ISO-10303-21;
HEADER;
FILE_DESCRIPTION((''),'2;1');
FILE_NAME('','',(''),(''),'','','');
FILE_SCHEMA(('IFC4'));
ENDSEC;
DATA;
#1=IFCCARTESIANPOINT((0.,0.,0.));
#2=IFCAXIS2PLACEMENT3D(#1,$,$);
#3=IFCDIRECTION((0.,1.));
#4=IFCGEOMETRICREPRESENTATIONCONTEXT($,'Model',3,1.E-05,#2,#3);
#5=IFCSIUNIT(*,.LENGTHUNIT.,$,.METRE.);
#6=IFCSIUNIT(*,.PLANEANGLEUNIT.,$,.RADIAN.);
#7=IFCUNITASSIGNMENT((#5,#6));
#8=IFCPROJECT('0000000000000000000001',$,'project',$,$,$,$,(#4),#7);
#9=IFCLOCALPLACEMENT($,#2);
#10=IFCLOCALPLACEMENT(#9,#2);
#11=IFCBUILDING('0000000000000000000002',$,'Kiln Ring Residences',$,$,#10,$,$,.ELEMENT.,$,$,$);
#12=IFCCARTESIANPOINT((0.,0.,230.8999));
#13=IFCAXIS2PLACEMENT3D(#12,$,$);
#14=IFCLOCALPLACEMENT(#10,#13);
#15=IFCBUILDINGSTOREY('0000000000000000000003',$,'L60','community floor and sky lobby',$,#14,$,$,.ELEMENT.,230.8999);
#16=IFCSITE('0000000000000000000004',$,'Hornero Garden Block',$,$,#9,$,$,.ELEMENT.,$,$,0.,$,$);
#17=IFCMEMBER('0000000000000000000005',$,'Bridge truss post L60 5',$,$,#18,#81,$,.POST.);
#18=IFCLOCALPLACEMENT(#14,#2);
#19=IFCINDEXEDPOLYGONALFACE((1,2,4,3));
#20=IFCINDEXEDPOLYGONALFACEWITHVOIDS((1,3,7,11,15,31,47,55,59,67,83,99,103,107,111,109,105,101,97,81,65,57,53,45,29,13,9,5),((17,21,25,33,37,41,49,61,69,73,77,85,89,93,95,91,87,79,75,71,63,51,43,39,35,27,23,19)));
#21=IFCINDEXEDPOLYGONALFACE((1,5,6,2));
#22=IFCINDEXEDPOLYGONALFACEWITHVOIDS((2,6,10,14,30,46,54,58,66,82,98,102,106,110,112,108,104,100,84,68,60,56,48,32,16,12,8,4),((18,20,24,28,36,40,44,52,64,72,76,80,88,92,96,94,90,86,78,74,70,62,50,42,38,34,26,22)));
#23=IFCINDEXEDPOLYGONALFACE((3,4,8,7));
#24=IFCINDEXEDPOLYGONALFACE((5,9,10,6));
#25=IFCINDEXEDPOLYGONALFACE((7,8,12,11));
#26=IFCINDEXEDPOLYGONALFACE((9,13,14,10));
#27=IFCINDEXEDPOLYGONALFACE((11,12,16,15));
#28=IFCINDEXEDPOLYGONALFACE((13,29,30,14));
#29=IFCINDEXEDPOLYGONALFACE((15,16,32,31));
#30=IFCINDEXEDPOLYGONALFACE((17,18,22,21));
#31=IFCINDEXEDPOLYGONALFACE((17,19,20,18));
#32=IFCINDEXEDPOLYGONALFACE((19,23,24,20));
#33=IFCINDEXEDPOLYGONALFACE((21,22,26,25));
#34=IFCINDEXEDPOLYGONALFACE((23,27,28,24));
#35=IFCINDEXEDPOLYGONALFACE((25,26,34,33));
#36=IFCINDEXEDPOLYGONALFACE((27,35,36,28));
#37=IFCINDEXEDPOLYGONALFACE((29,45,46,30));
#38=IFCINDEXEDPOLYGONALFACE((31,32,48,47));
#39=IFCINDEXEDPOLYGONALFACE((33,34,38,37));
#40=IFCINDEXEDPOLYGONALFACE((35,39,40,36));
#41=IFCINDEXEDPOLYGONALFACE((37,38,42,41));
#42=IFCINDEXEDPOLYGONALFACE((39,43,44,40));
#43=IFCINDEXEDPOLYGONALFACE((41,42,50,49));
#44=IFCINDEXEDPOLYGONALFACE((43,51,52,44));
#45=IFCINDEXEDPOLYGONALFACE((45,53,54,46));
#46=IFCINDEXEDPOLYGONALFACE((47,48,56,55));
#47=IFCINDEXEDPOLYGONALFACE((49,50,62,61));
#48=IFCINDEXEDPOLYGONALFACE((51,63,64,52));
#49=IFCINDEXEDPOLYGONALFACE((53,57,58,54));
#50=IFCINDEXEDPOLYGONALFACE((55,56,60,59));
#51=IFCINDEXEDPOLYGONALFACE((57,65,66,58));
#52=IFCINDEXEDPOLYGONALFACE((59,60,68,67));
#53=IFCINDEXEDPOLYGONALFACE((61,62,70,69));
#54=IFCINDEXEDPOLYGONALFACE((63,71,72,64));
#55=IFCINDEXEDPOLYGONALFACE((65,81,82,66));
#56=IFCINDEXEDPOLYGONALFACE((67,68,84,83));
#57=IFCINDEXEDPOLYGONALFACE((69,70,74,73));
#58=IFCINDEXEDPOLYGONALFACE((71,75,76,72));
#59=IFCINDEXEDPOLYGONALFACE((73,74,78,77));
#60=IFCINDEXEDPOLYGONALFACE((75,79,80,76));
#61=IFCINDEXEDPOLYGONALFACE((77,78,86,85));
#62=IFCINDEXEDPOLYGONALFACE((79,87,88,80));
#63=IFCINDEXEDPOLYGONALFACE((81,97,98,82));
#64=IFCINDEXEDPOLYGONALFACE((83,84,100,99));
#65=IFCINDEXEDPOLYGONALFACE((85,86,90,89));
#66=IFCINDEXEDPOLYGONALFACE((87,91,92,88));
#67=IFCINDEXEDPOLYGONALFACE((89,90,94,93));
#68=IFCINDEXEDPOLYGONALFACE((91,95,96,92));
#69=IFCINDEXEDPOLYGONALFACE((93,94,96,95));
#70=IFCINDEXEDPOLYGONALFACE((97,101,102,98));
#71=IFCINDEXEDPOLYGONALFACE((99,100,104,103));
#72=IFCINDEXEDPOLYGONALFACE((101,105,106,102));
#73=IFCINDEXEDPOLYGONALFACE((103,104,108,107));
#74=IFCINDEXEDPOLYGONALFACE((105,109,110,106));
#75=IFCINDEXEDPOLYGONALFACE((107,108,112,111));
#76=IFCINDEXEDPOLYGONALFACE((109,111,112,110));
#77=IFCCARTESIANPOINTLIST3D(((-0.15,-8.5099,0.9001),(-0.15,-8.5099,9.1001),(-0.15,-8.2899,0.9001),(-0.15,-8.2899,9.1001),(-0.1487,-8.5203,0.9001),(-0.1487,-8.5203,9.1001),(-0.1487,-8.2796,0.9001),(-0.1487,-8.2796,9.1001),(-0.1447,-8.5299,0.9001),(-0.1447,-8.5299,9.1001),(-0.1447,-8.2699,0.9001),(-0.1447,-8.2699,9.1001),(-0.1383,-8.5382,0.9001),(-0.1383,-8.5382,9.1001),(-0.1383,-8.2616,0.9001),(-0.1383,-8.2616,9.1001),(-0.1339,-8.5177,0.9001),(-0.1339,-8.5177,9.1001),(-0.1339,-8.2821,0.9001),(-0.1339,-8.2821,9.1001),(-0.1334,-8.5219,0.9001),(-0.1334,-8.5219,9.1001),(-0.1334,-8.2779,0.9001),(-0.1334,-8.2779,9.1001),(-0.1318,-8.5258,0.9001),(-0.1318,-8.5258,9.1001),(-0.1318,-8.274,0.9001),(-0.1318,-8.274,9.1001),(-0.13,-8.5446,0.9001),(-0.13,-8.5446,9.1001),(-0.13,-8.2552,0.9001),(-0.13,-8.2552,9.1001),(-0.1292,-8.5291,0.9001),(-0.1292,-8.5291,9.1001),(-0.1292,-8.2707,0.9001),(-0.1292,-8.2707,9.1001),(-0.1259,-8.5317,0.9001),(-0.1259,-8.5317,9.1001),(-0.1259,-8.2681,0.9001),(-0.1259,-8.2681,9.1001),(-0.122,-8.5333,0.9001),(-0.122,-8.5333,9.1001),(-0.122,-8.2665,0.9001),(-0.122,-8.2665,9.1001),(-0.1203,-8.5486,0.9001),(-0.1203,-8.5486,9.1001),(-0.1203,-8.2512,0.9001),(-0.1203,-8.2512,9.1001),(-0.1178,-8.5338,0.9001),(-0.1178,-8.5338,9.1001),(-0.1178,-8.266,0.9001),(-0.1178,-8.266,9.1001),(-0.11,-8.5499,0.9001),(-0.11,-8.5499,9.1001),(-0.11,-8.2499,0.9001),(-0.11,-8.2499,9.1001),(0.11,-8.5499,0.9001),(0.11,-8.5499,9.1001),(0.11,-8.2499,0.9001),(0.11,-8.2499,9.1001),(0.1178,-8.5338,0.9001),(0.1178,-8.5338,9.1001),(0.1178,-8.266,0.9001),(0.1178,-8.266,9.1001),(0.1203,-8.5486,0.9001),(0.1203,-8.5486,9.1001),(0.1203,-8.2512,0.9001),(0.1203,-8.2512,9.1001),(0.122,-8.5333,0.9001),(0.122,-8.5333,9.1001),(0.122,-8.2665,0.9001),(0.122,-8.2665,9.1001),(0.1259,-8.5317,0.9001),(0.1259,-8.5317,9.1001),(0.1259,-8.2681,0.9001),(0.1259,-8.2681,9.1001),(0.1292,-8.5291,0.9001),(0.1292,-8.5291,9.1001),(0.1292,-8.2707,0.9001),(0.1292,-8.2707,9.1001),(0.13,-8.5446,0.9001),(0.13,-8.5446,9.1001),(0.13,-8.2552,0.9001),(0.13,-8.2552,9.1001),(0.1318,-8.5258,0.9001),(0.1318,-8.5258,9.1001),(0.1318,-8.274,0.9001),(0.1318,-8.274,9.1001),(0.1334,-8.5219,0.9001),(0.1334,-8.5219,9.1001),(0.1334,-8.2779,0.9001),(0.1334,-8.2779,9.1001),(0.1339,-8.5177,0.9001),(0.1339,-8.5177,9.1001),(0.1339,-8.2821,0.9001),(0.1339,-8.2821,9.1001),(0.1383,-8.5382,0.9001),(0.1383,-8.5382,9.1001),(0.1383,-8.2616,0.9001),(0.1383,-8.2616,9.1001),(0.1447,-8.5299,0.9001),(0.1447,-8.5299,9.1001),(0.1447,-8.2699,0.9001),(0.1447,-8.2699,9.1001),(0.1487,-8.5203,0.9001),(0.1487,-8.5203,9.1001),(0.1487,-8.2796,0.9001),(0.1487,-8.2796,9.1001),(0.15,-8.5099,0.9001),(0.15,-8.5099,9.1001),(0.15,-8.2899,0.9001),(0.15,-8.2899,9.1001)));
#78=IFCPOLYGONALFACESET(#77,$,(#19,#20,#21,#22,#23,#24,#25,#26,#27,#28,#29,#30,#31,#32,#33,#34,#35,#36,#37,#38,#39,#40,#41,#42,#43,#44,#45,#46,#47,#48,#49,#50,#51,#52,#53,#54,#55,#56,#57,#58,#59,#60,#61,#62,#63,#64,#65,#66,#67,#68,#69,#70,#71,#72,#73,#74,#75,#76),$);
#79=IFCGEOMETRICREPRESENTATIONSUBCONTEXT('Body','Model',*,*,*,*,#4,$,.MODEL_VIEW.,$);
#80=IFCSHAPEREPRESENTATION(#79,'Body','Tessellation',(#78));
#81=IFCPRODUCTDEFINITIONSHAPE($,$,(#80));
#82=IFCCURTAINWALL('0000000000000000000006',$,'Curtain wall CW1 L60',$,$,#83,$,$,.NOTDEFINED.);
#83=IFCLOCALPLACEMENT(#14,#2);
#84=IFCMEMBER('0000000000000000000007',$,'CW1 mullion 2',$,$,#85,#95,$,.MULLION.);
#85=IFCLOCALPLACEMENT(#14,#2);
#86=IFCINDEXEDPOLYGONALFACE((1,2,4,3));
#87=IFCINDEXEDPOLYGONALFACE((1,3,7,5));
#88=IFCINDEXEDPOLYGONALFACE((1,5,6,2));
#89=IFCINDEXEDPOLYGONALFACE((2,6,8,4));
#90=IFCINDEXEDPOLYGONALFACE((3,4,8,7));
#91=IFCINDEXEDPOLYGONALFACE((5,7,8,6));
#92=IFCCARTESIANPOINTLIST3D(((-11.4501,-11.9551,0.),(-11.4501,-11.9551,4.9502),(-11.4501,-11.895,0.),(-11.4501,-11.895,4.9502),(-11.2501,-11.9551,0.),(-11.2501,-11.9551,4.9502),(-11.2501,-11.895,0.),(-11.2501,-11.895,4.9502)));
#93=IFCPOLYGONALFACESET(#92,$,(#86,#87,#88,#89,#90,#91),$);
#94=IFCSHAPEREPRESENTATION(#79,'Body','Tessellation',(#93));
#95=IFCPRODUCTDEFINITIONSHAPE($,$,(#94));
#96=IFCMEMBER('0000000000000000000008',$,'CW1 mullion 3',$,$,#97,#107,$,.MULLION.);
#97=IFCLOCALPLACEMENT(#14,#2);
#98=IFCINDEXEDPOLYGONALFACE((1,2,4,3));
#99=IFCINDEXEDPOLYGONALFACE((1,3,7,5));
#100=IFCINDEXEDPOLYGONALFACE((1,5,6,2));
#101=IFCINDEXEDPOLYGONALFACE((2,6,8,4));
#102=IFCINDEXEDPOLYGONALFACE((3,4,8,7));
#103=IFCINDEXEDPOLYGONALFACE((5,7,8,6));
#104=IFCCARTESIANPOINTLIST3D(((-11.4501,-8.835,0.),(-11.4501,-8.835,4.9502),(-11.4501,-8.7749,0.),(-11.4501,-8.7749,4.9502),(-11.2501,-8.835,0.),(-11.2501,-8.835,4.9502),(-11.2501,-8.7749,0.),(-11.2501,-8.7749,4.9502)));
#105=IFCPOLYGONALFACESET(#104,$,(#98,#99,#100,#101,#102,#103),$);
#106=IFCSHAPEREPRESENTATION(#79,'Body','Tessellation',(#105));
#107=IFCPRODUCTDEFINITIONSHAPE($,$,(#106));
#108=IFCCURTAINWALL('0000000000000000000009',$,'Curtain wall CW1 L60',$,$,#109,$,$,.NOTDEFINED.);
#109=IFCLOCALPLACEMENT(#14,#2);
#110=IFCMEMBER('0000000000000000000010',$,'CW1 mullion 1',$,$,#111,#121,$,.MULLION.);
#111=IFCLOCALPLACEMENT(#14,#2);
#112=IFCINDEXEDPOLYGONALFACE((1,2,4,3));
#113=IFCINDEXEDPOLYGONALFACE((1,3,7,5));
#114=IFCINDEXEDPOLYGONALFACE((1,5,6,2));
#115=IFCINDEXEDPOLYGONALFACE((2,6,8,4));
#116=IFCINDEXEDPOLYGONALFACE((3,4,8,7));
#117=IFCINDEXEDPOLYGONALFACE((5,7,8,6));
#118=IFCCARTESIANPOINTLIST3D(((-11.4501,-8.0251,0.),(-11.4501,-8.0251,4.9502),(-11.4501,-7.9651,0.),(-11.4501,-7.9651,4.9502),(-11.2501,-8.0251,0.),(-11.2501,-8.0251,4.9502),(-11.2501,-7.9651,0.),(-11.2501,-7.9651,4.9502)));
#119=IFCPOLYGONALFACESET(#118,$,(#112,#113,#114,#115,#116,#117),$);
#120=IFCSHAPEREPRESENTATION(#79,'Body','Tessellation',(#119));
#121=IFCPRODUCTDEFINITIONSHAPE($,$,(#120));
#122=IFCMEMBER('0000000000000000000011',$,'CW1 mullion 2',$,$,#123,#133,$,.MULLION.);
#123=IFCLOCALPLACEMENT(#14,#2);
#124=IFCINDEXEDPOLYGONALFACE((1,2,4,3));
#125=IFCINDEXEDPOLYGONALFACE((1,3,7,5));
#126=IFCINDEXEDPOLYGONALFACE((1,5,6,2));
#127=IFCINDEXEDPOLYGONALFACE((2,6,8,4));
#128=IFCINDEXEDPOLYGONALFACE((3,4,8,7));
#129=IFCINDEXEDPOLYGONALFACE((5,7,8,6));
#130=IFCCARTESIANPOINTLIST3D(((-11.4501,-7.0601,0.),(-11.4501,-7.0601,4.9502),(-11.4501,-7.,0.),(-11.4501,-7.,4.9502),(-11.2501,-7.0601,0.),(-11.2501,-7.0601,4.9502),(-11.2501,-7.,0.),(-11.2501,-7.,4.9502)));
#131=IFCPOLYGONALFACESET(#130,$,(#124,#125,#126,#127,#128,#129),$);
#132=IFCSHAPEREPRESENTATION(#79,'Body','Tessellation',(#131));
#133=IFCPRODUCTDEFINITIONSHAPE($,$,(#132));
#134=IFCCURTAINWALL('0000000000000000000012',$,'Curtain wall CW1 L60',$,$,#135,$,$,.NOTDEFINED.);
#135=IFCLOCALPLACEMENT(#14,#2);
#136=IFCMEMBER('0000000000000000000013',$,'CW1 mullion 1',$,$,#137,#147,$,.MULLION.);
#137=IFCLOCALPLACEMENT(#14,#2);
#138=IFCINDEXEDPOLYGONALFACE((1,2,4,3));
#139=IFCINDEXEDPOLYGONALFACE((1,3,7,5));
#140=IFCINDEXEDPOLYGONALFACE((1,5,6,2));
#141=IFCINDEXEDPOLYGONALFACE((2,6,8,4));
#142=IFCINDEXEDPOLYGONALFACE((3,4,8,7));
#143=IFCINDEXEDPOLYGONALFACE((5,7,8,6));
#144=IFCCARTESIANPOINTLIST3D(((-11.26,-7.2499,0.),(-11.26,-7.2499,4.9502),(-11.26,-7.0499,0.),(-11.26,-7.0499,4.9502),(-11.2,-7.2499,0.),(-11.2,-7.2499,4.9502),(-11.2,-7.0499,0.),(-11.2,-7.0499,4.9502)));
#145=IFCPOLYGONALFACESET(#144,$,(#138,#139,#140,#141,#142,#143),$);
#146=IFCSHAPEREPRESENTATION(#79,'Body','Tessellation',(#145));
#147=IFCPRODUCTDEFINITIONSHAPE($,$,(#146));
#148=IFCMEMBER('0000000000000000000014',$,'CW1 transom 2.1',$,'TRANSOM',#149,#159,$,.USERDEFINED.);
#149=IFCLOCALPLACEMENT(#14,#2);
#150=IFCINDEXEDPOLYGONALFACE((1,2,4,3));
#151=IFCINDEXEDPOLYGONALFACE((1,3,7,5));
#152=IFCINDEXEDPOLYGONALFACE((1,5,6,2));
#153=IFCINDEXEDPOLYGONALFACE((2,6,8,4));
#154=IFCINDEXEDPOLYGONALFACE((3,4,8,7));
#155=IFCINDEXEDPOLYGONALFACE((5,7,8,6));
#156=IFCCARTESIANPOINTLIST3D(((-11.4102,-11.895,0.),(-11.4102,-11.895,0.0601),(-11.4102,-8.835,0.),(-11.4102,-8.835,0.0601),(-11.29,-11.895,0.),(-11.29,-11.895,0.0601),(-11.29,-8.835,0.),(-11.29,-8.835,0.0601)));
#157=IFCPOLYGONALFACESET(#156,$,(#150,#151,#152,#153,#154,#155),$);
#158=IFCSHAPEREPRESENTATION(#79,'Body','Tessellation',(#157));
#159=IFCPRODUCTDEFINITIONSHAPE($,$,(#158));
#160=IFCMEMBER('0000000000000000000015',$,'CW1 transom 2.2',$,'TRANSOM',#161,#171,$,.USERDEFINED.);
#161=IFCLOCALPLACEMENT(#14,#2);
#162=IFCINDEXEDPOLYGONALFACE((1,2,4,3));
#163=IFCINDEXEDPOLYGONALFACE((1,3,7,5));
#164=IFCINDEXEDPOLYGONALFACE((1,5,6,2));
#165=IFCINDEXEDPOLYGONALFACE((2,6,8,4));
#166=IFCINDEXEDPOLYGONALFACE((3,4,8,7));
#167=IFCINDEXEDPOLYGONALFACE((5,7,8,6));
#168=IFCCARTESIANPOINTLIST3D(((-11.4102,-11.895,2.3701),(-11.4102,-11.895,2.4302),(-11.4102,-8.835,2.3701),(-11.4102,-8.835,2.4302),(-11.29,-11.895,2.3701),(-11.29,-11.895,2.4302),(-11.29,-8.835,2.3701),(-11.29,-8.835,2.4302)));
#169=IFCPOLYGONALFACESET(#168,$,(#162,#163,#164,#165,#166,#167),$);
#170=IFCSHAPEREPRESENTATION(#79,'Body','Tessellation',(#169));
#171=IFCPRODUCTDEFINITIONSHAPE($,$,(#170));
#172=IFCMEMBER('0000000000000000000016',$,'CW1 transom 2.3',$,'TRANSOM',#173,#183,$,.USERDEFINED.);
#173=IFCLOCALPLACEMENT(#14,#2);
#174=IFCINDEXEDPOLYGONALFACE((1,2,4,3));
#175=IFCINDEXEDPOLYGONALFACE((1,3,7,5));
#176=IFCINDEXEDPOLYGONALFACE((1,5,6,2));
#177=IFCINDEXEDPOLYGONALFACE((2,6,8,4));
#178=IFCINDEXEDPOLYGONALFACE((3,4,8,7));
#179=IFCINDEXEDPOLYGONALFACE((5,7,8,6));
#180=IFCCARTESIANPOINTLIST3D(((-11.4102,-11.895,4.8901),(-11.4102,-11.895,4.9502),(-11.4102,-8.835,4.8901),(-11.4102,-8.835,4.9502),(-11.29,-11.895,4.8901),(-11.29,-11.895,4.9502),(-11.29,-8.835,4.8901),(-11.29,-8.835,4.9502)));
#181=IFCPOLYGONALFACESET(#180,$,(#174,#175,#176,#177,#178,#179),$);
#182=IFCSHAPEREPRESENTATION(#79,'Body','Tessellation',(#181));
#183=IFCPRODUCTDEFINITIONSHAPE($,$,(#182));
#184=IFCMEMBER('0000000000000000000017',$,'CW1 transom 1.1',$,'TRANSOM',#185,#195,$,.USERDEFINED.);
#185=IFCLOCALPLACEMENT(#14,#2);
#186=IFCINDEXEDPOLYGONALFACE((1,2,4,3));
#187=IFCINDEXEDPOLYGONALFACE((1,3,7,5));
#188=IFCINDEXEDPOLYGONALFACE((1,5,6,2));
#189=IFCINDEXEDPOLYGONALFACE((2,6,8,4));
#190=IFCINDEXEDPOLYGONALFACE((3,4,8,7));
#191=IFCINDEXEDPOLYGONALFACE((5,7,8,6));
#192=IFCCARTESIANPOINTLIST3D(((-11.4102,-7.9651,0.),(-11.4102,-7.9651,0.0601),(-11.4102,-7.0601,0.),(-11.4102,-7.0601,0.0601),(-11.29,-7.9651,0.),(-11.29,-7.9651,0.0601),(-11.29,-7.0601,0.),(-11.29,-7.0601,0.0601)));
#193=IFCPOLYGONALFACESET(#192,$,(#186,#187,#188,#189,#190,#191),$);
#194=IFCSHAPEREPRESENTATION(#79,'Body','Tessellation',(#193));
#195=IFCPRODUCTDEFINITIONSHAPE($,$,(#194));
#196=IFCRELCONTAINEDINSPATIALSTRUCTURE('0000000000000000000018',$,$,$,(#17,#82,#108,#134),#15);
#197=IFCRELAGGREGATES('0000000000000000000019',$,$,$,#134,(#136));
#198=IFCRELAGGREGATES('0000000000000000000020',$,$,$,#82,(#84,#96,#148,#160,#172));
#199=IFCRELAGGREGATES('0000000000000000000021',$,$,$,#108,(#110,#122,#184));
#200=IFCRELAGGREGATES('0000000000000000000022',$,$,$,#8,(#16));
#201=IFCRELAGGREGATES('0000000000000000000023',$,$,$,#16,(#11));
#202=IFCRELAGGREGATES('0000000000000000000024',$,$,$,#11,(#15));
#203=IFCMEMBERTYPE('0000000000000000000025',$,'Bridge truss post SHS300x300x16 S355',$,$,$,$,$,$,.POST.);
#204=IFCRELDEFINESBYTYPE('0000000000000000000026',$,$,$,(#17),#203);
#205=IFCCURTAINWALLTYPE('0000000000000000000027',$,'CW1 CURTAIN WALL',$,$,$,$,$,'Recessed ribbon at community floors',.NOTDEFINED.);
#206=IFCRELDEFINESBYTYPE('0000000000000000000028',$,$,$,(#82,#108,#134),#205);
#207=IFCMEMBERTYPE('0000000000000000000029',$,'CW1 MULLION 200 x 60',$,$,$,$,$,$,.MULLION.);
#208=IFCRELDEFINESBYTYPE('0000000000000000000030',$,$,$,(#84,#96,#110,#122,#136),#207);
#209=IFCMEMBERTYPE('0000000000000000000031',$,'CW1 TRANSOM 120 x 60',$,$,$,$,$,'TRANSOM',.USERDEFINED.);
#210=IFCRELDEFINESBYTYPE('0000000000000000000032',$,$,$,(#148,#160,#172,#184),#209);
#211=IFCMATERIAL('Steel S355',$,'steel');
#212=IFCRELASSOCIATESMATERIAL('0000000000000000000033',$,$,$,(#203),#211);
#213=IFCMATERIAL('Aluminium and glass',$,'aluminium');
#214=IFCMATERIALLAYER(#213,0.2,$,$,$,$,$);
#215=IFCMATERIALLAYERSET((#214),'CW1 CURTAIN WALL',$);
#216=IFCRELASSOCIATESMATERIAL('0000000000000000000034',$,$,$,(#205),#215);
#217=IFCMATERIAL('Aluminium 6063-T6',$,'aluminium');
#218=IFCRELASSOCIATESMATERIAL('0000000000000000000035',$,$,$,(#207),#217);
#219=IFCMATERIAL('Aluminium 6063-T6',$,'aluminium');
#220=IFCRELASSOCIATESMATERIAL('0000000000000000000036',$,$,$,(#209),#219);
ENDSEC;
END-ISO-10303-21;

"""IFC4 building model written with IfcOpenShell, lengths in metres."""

from ifc_helpers import new_model, si_unit, direction, frame, origin, origin_2d, place, context, subcontext, project, spatial, rectangle, hollow_rectangle, extrude, material, layer, layer_set, material_profile, profile_set, type_object, element, aggregate, save


model = new_model("IFC4")

# Units and contexts
model_context = context("Model", 3, precision=1e-05, world=origin(), true_north=direction((0.0, 1.0)))
body_context = subcontext(model_context, "Body", "Model", "MODEL_VIEW")
ifc_project = project(units=[si_unit("LENGTHUNIT", "METRE"), si_unit("PLANEANGLEUNIT", "RADIAN")], contexts=[model_context])

# Site, building, storey
site_placement = place(None, origin())
site = spatial("IfcSite", under=ifc_project, at=site_placement, Name="Hornero Garden Block", CompositionType="ELEMENT", RefElevation=0.0)
building_placement = place(site_placement, origin())
building = spatial("IfcBuilding", under=site, at=building_placement, Name="Kiln Ring Residences", CompositionType="ELEMENT")
storey_placement = place(building_placement, frame((0.0, 0.0, 230.8999)))
storey = spatial("IfcBuildingStorey", under=building, at=storey_placement, Name="L60", Description="community floor and sky lobby", CompositionType="ELEMENT", Elevation=230.8999)

# Member
ifc_material_1 = material(Name="Steel S355", Category="steel")
ifc_material_profile_1 = material_profile(ifc_material_1, hollow_rectangle(XDim=0.3, YDim=0.3, WallThickness=0.0161, InnerFilletRadius=0.0161, OuterFilletRadius=0.04, at=origin_2d()), Name="SHS300x300x16")
ifc_profile_set_1 = profile_set([ifc_material_profile_1], Name="Steel S355")
member_type_1 = type_object("IfcMemberType", Name="Bridge truss post SHS300x300x16 S355", PredefinedType="POST", material=ifc_profile_set_1)
for number, where, z_axis, x_axis, name in (
    (1, (0.0, -8.3999, 0.9001), (0.0, 0.0, 1.0), (1.0, 0.0, 0.0), "Bridge truss post L60 5"),
):
    element("IfcMember", number, at=place(storey_placement, frame(where, z_axis=z_axis, x_axis=x_axis)), inside=storey, type_object=member_type_1, Name=name, PredefinedType="POST", context=body_context, shape_type="SweptSolid", body=[
        extrude(hollow_rectangle(XDim=0.3, YDim=0.3, WallThickness=0.0161, InnerFilletRadius=0.0161, OuterFilletRadius=0.04, at=origin_2d()), origin(), (0.0, 0.0, 1.0), 8.2),
    ])

# Curtain walls, members
ifc_material_2 = material(Name="Aluminium and glass", Category="aluminium")
ifc_layer_1 = layer(ifc_material_2, 0.2)
ifc_layer_set_1 = layer_set([ifc_layer_1], Name="CW1 CURTAIN WALL")
curtain_wall_type = type_object("IfcCurtainWallType", Name="CW1 CURTAIN WALL", ElementType="Recessed ribbon at community floors", PredefinedType="NOTDEFINED", material=ifc_layer_set_1)
placement = place(storey_placement, origin())
curtain_wall_1 = element("IfcCurtainWall", 2, at=placement, inside=storey, type_object=curtain_wall_type, Name="Curtain wall CW1 L60", PredefinedType="NOTDEFINED")
ifc_material_3 = material(Name="Aluminium 6063-T6", Category="aluminium")
ifc_material_profile_2 = material_profile(ifc_material_3, rectangle(XDim=0.2, YDim=0.0601, at=origin_2d()), Name="AL 200x60")
ifc_profile_set_2 = profile_set([ifc_material_profile_2], Name="Aluminium 6063-T6")
member_type_2 = type_object("IfcMemberType", Name="CW1 MULLION 200 x 60", PredefinedType="MULLION", material=ifc_profile_set_2)
member_1_placement = place(storey_placement, frame((-11.3501, -11.925, 0.0), z_axis=(0.0, 0.0, 1.0), x_axis=(-1.0, 0.0, 0.0)))
member_1 = element("IfcMember", 3, at=member_1_placement, type_object=member_type_2, Name="CW1 mullion 2", PredefinedType="MULLION", context=body_context, shape_type="SweptSolid", body=[
    extrude(rectangle(XDim=0.2, YDim=0.0601, at=origin_2d()), origin(), (0.0, 0.0, 1.0), 4.9502),
])
member_2_placement = place(storey_placement, frame((-11.3501, -8.8049, 0.0), z_axis=(0.0, 0.0, 1.0), x_axis=(-1.0, 0.0, 0.0)))
member_2 = element("IfcMember", 4, at=member_2_placement, type_object=member_type_2, Name="CW1 mullion 3", PredefinedType="MULLION", context=body_context, shape_type="SweptSolid", body=[
    extrude(rectangle(XDim=0.2, YDim=0.0601, at=origin_2d()), origin(), (0.0, 0.0, 1.0), 4.9502),
])
curtain_wall_2 = element("IfcCurtainWall", 5, at=placement, inside=storey, type_object=curtain_wall_type, Name="Curtain wall CW1 L60", PredefinedType="NOTDEFINED")
member_3_placement = place(storey_placement, frame((-11.3501, -7.9951, 0.0), z_axis=(0.0, 0.0, 1.0), x_axis=(-1.0, 0.0, 0.0)))
member_3 = element("IfcMember", 6, at=member_3_placement, type_object=member_type_2, Name="CW1 mullion 1", PredefinedType="MULLION", context=body_context, shape_type="SweptSolid", body=[
    extrude(rectangle(XDim=0.2, YDim=0.0601, at=origin_2d()), origin(), (0.0, 0.0, 1.0), 4.9502),
])
member_4_placement = place(storey_placement, frame((-11.3501, -7.03, 0.0), z_axis=(0.0, 0.0, 1.0), x_axis=(-1.0, 0.0, 0.0)))
member_4 = element("IfcMember", 7, at=member_4_placement, type_object=member_type_2, Name="CW1 mullion 2", PredefinedType="MULLION", context=body_context, shape_type="SweptSolid", body=[
    extrude(rectangle(XDim=0.2, YDim=0.0601, at=origin_2d()), origin(), (0.0, 0.0, 1.0), 4.9502),
])

# Curtain wall, member
curtain_wall_3 = element("IfcCurtainWall", 8, at=placement, inside=storey, type_object=curtain_wall_type, Name="Curtain wall CW1 L60", PredefinedType="NOTDEFINED")
member_5_placement = place(storey_placement, frame((-11.23, -7.1499, 0.0), z_axis=(0.0, 0.0, 1.0), x_axis=(0.0, -1.0, 0.0)))
member_5 = element("IfcMember", 9, at=member_5_placement, type_object=member_type_2, Name="CW1 mullion 1", PredefinedType="MULLION", context=body_context, shape_type="SweptSolid", body=[
    extrude(rectangle(XDim=0.2, YDim=0.0601, at=origin_2d()), origin(), (0.0, 0.0, 1.0), 4.9502),
])

# Members
ifc_material_4 = material(Name="Aluminium 6063-T6", Category="aluminium")
ifc_material_profile_3 = material_profile(ifc_material_4, rectangle(XDim=0.1201, YDim=0.0601, at=origin_2d()), Name="AL 120x60")
ifc_profile_set_3 = profile_set([ifc_material_profile_3], Name="Aluminium 6063-T6")
member_type_3 = type_object("IfcMemberType", Name="CW1 TRANSOM 120 x 60", ElementType="TRANSOM", PredefinedType="USERDEFINED", material=ifc_profile_set_3)
member_6_placement = place(storey_placement, frame((-11.3501, -11.895, 0.03), z_axis=(0.0, 1.0, 0.0), x_axis=(-1.0, 0.0, 0.0)))
member_6 = element("IfcMember", 10, at=member_6_placement, type_object=member_type_3, Name="CW1 transom 2.1", ObjectType="TRANSOM", PredefinedType="USERDEFINED", context=body_context, shape_type="SweptSolid", body=[
    extrude(rectangle(XDim=0.1201, YDim=0.0601, at=origin_2d()), origin(), (0.0, 0.0, 1.0), 3.0601),
])
member_7_placement = place(storey_placement, frame((-11.3501, -11.895, 2.4001), z_axis=(0.0, 1.0, 0.0), x_axis=(-1.0, 0.0, 0.0)))
member_7 = element("IfcMember", 11, at=member_7_placement, type_object=member_type_3, Name="CW1 transom 2.2", ObjectType="TRANSOM", PredefinedType="USERDEFINED", context=body_context, shape_type="SweptSolid", body=[
    extrude(rectangle(XDim=0.1201, YDim=0.0601, at=origin_2d()), origin(), (0.0, 0.0, 1.0), 3.0601),
])
member_8_placement = place(storey_placement, frame((-11.3501, -11.895, 4.9202), z_axis=(0.0, 1.0, 0.0), x_axis=(-1.0, 0.0, 0.0)))
member_8 = element("IfcMember", 12, at=member_8_placement, type_object=member_type_3, Name="CW1 transom 2.3", ObjectType="TRANSOM", PredefinedType="USERDEFINED", context=body_context, shape_type="SweptSolid", body=[
    extrude(rectangle(XDim=0.1201, YDim=0.0601, at=origin_2d()), origin(), (0.0, 0.0, 1.0), 3.0601),
])
member_9_placement = place(storey_placement, frame((-11.3501, -7.9651, 0.03), z_axis=(0.0, 1.0, 0.0), x_axis=(-1.0, 0.0, 0.0)))
member_9 = element("IfcMember", 13, at=member_9_placement, type_object=member_type_3, Name="CW1 transom 1.1", ObjectType="TRANSOM", PredefinedType="USERDEFINED", context=body_context, shape_type="SweptSolid", body=[
    extrude(rectangle(XDim=0.1201, YDim=0.0601, at=origin_2d()), origin(), (0.0, 0.0, 1.0), 0.905),
])
aggregate(curtain_wall_3, [member_5])

aggregate(curtain_wall_1, [member_1, member_2, member_6, member_7, member_8])
aggregate(curtain_wall_2, [member_3, member_4, member_9])

save(model, "model.ifc")
